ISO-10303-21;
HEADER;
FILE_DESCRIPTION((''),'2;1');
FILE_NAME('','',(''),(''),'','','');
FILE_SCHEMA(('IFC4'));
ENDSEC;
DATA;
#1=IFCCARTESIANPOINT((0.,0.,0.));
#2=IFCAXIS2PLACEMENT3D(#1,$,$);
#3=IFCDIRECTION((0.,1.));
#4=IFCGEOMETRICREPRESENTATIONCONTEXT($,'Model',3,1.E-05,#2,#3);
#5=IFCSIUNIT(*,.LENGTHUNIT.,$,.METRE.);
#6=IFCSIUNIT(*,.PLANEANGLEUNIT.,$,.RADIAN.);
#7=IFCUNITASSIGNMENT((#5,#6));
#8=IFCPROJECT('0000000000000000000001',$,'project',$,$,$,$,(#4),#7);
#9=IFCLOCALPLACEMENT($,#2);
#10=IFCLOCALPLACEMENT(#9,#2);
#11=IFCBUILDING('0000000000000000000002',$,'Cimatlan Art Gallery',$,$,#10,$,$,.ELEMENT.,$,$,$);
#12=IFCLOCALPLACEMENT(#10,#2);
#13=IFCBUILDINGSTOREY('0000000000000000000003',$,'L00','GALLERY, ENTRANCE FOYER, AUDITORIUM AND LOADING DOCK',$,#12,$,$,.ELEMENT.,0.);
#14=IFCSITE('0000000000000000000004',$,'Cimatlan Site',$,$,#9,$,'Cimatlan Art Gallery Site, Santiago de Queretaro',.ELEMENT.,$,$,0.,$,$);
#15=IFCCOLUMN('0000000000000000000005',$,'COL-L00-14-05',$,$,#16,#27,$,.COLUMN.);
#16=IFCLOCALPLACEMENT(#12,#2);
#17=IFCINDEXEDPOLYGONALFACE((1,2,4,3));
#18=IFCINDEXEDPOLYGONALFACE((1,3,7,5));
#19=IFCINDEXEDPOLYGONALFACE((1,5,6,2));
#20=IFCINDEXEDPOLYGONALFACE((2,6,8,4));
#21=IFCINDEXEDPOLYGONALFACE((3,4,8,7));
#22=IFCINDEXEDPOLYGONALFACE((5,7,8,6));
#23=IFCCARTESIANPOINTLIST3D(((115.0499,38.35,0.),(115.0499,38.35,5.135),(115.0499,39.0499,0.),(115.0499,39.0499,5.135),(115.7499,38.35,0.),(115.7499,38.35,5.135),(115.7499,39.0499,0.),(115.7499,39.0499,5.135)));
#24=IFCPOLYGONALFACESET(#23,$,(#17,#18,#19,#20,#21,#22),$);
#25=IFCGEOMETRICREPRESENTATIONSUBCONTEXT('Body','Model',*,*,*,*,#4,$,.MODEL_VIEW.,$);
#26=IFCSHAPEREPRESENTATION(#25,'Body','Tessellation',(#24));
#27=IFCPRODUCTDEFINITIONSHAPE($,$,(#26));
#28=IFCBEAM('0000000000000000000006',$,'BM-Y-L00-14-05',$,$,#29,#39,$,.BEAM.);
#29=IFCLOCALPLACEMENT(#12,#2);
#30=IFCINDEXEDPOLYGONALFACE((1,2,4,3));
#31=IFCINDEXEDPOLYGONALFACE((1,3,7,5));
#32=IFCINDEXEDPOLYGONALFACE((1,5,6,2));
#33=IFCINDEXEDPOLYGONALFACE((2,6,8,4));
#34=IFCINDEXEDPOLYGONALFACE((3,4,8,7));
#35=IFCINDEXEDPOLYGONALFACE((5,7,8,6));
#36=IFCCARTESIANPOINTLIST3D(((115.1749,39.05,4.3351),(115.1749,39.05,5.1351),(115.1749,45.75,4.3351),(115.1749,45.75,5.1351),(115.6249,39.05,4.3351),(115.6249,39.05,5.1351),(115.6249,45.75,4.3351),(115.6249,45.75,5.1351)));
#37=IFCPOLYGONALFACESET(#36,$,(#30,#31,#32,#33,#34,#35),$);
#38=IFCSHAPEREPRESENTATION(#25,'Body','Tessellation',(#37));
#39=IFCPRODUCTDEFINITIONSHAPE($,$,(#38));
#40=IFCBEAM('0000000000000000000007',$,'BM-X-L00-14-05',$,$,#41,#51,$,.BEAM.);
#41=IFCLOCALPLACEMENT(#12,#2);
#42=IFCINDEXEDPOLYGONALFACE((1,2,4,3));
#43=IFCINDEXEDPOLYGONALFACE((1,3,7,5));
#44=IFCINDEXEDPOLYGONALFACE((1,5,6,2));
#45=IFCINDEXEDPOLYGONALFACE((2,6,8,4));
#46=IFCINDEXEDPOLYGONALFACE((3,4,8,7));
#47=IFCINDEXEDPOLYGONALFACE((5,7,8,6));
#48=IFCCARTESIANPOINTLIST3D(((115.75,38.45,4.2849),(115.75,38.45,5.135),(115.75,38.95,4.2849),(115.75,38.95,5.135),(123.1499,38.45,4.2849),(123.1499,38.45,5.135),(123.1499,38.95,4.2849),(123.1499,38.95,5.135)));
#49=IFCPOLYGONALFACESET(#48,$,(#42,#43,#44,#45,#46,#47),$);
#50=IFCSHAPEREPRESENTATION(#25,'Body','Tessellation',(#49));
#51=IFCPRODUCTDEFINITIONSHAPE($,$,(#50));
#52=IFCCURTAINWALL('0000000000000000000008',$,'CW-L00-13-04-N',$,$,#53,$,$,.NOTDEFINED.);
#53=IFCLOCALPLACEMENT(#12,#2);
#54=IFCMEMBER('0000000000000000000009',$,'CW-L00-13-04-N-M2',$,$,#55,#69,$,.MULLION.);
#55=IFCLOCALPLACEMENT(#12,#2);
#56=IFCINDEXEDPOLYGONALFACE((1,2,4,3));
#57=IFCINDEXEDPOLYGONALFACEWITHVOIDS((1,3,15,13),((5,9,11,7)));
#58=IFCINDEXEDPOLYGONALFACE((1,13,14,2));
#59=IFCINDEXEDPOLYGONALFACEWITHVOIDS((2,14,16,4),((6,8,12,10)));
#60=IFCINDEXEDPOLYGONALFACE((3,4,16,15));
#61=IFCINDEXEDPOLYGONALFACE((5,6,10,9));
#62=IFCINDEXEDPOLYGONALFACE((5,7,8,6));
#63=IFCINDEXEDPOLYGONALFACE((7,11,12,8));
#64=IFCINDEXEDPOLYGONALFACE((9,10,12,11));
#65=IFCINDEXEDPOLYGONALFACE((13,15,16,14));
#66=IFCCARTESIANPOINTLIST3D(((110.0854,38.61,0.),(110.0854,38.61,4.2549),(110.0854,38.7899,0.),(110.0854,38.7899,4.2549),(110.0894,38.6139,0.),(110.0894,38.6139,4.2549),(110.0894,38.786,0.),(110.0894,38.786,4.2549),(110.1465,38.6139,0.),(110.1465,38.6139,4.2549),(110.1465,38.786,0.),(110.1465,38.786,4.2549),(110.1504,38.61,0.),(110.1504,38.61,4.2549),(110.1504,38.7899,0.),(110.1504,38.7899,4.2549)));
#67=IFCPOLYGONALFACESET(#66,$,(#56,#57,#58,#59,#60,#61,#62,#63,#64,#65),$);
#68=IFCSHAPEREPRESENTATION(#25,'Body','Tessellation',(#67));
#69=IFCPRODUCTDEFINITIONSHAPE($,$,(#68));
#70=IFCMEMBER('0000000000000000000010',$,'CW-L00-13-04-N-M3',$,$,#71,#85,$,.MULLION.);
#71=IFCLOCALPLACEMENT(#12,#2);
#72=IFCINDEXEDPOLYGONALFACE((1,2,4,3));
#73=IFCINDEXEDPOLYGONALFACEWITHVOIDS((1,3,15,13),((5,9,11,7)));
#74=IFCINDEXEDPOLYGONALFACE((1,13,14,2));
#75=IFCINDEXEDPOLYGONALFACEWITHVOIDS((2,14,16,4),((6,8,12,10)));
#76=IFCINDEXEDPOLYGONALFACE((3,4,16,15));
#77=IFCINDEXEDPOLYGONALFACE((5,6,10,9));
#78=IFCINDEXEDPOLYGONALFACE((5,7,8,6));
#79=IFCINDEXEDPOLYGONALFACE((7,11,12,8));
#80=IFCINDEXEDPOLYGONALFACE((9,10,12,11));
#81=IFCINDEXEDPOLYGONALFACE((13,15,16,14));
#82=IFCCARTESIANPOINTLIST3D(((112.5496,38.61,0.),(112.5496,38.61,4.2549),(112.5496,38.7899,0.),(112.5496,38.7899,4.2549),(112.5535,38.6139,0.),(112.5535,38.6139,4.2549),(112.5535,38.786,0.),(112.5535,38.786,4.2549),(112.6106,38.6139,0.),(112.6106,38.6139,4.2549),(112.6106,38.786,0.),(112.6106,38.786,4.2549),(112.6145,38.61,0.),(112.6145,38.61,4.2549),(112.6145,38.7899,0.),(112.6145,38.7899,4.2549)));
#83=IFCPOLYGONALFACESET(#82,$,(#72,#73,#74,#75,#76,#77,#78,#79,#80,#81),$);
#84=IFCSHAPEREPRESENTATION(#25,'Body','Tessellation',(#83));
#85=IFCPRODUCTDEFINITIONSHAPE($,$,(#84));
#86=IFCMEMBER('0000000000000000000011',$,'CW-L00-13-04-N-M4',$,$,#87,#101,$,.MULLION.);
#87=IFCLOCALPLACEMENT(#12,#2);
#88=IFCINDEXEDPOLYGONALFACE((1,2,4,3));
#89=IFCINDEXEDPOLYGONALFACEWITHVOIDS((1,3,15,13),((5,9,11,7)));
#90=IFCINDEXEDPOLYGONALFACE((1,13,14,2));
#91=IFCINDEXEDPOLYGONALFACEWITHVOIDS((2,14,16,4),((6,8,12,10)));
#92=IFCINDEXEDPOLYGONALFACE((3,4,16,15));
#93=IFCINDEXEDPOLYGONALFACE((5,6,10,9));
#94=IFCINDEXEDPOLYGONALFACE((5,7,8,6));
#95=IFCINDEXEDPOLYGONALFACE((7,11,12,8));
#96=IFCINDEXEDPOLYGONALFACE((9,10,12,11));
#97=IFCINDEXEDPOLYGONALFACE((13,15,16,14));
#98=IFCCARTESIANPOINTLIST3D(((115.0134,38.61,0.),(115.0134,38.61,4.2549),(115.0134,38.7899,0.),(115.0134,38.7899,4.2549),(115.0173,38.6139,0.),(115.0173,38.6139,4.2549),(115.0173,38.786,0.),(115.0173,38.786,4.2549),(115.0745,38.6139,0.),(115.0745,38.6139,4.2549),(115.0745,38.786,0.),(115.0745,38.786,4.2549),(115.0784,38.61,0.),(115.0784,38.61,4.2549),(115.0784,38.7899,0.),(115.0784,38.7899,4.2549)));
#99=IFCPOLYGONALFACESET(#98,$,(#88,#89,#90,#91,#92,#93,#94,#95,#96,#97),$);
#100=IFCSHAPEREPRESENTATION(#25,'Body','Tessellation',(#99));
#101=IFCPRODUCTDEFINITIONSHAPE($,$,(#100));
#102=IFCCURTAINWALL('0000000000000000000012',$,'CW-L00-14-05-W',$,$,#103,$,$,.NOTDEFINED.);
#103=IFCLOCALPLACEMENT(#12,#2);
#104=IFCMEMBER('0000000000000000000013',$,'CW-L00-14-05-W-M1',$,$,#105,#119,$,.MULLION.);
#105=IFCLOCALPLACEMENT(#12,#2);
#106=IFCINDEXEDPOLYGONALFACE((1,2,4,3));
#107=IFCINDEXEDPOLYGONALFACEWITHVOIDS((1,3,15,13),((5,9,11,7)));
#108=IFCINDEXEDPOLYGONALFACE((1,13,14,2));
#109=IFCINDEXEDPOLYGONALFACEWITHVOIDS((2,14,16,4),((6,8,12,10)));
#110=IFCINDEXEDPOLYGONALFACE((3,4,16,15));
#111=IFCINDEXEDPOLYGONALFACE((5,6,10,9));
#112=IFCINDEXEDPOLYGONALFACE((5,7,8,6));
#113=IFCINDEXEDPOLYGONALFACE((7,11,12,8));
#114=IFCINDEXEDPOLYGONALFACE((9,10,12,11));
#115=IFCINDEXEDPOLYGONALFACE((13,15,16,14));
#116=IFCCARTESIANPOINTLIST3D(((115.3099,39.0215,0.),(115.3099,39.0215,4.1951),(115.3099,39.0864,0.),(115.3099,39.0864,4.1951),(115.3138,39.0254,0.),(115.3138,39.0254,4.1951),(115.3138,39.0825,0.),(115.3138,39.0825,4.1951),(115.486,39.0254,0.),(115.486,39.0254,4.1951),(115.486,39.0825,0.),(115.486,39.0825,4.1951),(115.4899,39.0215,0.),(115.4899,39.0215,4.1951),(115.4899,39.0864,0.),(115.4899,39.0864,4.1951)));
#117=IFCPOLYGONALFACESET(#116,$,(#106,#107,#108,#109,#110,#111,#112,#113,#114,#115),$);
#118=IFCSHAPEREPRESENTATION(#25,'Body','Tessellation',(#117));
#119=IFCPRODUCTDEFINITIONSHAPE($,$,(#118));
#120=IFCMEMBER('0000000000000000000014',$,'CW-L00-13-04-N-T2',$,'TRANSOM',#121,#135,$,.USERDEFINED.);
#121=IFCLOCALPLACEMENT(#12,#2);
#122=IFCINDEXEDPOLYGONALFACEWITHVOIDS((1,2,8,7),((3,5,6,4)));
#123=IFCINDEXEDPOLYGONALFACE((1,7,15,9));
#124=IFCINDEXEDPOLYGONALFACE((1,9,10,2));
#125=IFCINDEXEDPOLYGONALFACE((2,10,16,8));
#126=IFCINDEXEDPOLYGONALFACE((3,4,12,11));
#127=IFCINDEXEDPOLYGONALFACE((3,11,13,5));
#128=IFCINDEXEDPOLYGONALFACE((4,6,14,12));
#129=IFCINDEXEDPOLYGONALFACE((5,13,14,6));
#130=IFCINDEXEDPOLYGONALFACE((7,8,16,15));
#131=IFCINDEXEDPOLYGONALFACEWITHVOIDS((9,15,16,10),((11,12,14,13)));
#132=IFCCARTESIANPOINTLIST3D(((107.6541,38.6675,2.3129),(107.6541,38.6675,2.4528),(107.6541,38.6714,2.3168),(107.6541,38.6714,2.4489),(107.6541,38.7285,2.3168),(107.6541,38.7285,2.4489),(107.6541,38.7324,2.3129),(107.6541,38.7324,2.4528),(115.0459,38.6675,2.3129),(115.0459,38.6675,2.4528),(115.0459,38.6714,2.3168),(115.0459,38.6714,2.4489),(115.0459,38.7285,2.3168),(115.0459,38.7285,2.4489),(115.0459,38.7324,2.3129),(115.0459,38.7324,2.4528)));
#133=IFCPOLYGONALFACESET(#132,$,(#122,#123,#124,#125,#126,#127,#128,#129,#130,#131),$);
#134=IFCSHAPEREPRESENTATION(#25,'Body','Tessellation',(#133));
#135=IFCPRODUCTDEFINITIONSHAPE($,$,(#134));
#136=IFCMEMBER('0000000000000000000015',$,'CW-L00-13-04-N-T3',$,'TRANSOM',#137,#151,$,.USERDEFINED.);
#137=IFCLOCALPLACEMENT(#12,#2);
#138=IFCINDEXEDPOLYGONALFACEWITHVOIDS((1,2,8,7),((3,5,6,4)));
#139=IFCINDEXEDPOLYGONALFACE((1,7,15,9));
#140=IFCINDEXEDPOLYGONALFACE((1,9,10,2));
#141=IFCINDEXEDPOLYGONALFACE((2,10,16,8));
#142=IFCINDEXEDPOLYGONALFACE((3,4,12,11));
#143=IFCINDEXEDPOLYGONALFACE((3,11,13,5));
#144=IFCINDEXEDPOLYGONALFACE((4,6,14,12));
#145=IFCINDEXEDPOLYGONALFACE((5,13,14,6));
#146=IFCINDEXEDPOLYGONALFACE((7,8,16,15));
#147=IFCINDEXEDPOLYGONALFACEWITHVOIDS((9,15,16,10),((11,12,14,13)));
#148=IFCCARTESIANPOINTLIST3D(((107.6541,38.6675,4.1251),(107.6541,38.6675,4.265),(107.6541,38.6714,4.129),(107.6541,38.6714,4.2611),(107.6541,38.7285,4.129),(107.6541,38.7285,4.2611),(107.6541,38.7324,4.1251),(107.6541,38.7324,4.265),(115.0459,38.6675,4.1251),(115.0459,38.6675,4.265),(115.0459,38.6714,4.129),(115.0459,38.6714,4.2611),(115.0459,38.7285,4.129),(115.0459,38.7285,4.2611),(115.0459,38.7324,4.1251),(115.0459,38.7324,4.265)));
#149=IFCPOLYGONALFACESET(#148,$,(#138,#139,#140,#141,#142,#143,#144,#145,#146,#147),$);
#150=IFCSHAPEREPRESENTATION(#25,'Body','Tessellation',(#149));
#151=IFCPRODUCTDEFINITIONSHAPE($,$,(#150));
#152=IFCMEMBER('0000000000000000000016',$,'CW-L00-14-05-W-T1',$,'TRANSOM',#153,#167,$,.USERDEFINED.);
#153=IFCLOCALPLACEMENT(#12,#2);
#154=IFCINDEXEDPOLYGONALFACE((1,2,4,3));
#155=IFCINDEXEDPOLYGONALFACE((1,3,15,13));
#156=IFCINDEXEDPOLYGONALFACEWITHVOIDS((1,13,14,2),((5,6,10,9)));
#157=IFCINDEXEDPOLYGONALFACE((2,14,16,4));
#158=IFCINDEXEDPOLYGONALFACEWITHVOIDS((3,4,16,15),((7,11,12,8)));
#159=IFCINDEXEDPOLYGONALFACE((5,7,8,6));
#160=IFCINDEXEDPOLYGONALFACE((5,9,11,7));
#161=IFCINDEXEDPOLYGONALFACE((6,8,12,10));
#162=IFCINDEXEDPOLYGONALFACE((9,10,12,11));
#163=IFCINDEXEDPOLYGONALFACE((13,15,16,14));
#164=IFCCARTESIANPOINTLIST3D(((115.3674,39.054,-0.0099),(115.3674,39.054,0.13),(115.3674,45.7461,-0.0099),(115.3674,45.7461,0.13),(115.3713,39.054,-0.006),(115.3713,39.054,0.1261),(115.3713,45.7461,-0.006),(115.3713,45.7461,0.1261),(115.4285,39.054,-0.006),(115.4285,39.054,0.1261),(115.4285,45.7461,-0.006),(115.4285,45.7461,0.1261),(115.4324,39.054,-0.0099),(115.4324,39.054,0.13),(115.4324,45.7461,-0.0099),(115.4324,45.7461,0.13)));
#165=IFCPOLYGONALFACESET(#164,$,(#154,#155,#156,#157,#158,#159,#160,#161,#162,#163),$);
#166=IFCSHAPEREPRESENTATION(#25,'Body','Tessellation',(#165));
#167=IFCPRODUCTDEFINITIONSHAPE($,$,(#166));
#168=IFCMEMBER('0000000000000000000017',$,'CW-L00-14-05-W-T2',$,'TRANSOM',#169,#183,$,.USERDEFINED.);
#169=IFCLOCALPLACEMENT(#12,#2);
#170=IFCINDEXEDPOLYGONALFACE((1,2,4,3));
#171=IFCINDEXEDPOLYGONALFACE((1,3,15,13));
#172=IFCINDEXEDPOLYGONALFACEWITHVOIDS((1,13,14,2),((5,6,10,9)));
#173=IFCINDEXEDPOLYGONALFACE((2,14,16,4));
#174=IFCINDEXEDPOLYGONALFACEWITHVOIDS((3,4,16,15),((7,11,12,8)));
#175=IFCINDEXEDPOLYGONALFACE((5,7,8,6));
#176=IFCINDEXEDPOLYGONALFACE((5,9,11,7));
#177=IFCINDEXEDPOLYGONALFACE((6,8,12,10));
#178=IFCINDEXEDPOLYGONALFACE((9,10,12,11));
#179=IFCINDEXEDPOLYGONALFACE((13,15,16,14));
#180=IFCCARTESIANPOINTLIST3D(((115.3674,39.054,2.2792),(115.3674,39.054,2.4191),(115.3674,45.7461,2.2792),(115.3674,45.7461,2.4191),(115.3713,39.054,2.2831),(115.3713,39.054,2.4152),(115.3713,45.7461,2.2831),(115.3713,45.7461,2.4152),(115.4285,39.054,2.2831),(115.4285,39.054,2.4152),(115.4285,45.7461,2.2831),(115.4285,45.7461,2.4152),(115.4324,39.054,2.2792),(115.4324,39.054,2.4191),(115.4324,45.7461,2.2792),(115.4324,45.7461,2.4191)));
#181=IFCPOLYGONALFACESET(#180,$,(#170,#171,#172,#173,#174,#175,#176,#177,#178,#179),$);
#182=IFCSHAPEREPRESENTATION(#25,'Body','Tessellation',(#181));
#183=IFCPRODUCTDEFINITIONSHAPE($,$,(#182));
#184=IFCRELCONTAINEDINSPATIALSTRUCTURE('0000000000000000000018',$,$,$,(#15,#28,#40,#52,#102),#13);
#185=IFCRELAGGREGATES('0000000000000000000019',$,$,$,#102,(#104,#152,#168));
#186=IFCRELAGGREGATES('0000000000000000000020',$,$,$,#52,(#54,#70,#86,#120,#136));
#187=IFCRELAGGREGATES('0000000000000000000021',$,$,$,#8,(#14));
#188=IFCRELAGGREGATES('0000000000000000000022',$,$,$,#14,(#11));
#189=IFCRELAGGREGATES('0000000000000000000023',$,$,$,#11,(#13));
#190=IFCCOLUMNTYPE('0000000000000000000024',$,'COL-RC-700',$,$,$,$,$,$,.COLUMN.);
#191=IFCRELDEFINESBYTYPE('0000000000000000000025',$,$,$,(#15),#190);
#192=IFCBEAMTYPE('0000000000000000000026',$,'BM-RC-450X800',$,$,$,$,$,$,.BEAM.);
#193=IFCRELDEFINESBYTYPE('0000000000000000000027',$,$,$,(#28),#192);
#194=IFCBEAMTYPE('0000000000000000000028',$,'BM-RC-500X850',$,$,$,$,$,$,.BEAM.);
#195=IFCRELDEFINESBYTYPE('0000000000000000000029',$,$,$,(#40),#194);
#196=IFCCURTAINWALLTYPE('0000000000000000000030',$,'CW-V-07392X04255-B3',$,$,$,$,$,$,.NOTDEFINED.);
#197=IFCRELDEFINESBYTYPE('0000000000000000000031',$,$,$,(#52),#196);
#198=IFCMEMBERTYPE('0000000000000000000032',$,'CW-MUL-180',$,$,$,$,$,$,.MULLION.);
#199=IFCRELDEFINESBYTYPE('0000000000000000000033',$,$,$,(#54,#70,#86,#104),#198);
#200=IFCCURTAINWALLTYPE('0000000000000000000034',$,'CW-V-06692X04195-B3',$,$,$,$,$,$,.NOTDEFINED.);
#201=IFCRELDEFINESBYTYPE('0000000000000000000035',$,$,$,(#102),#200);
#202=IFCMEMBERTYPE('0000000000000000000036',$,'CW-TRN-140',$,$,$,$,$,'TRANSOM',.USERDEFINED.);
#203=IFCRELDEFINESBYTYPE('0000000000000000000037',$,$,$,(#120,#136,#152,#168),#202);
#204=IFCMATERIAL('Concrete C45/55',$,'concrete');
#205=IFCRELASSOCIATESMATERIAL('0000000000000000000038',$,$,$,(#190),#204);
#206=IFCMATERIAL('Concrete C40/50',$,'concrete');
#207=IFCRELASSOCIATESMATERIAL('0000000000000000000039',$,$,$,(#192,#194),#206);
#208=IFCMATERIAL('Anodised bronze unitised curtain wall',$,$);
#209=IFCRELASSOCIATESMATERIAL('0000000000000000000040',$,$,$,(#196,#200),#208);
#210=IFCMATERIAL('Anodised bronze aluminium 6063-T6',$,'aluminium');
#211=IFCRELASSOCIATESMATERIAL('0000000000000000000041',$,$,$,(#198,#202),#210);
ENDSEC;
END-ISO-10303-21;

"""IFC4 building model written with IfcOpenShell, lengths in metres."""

from ifc_helpers import new_model, si_unit, direction, frame, origin, origin_2d, place, context, subcontext, project, spatial, rectangle, hollow_rectangle, extrude, material, material_profile, profile_set, type_object, element, aggregate, save


model = new_model("IFC4")

# Units and contexts
model_context = context("Model", 3, precision=1e-05, world=origin(), true_north=direction((0.0, 1.0)))
body_context = subcontext(model_context, "Body", "Model", "MODEL_VIEW")
ifc_project = project(units=[si_unit("LENGTHUNIT", "METRE"), si_unit("PLANEANGLEUNIT", "RADIAN")], contexts=[model_context])

# Site, building, storey
site_placement = place(None, origin())
site = spatial("IfcSite", under=ifc_project, at=site_placement, Name="Cimatlan Site", LongName="Cimatlan Art Gallery Site, Santiago de Queretaro", CompositionType="ELEMENT", RefElevation=0.0)
building_placement = place(site_placement, origin())
building = spatial("IfcBuilding", under=site, at=building_placement, Name="Cimatlan Art Gallery", CompositionType="ELEMENT")
storey_placement = place(building_placement, origin())
storey = spatial("IfcBuildingStorey", under=building, at=storey_placement, Name="L00", Description="GALLERY, ENTRANCE FOYER, AUDITORIUM AND LOADING DOCK", CompositionType="ELEMENT", Elevation=0.0)

# Column
ifc_material_1 = material(Name="Concrete C45/55", Category="concrete")
ifc_material_profile_1 = material_profile(ifc_material_1, rectangle(XDim=0.7, YDim=0.7, at=origin_2d()), Name="RC700X700")
ifc_profile_set_1 = profile_set([ifc_material_profile_1], Name="Concrete C45/55")
column_type = type_object("IfcColumnType", Name="COL-RC-700", PredefinedType="COLUMN", material=ifc_profile_set_1)
column_placement = place(storey_placement, frame((115.3999, 38.7, 0.0), z_axis=(0.0, 0.0, 1.0), x_axis=(1.0, 0.0, 0.0)))
element("IfcColumn", 1, at=column_placement, inside=storey, type_object=column_type, Name="COL-L00-14-05", PredefinedType="COLUMN", context=body_context, shape_type="SweptSolid", body=[
    extrude(rectangle(XDim=0.7, YDim=0.7, at=origin_2d()), origin(), (0.0, 0.0, 1.0), 5.135),
])

# Beams
ifc_material_2 = material(Name="Concrete C40/50", Category="concrete")
ifc_material_profile_2 = material_profile(ifc_material_2, rectangle(XDim=0.45, YDim=0.8, at=origin_2d()), Name="RC450X800")
ifc_profile_set_2 = profile_set([ifc_material_profile_2], Name="Concrete C40/50")
beam_type_1 = type_object("IfcBeamType", Name="BM-RC-450X800", PredefinedType="BEAM", material=ifc_profile_set_2)
beam_1_placement = place(storey_placement, frame((115.3999, 39.05, 4.7351), z_axis=(0.0, 1.0, 0.0), x_axis=(-1.0, 0.0, 0.0)))
element("IfcBeam", 2, at=beam_1_placement, inside=storey, type_object=beam_type_1, Name="BM-Y-L00-14-05", PredefinedType="BEAM", context=body_context, shape_type="SweptSolid", body=[
    extrude(rectangle(XDim=0.45, YDim=0.8, at=origin_2d()), origin(), (0.0, 0.0, 1.0), 6.7),
])
ifc_material_profile_3 = material_profile(ifc_material_2, rectangle(XDim=0.5, YDim=0.8501, at=origin_2d()), Name="RC500X850")
ifc_profile_set_3 = profile_set([ifc_material_profile_3], Name="Concrete C40/50")
beam_type_2 = type_object("IfcBeamType", Name="BM-RC-500X850", PredefinedType="BEAM", material=ifc_profile_set_3)
beam_2_placement = place(storey_placement, frame((115.75, 38.7, 4.71), z_axis=(1.0, 0.0, 0.0), x_axis=(0.0, 1.0, 0.0)))
element("IfcBeam", 3, at=beam_2_placement, inside=storey, type_object=beam_type_2, Name="BM-X-L00-14-05", PredefinedType="BEAM", context=body_context, shape_type="SweptSolid", body=[
    extrude(rectangle(XDim=0.5, YDim=0.8501, at=origin_2d()), origin(), (0.0, 0.0, 1.0), 7.3999),
])

# Curtain wall, members
ifc_material_3 = material(Name="Anodised bronze unitised curtain wall")
curtain_wall_type_1 = type_object("IfcCurtainWallType", Name="CW-V-07392X04255-B3", PredefinedType="NOTDEFINED", material=ifc_material_3)
curtain_wall_1_placement = place(storey_placement, origin())
curtain_wall_1 = element("IfcCurtainWall", 4, at=curtain_wall_1_placement, inside=storey, type_object=curtain_wall_type_1, Name="CW-L00-13-04-N", PredefinedType="NOTDEFINED")
ifc_material_4 = material(Name="Anodised bronze aluminium 6063-T6", Category="aluminium")
ifc_material_profile_4 = material_profile(ifc_material_4, hollow_rectangle(XDim=0.0649, YDim=0.1799, WallThickness=0.0039, at=origin_2d()), Name="ALU65X180X4")
ifc_profile_set_4 = profile_set([ifc_material_profile_4], Name="Anodised bronze aluminium 6063-T6")
member_type_1 = type_object("IfcMemberType", Name="CW-MUL-180", PredefinedType="MULLION", material=ifc_profile_set_4)
member_1_placement = place(storey_placement, frame((110.1179, 38.7, 0.0), z_axis=(0.0, 0.0, 1.0), x_axis=(1.0, 0.0, 0.0)))
member_1 = element("IfcMember", 5, at=member_1_placement, type_object=member_type_1, Name="CW-L00-13-04-N-M2", PredefinedType="MULLION", context=body_context, shape_type="SweptSolid", body=[
    extrude(hollow_rectangle(XDim=0.0649, YDim=0.1799, WallThickness=0.0039, at=origin_2d()), origin(), (0.0, 0.0, 1.0), 4.2549),
])
member_2_placement = place(storey_placement, frame((112.582, 38.7, 0.0), z_axis=(0.0, 0.0, 1.0), x_axis=(1.0, 0.0, 0.0)))
member_2 = element("IfcMember", 6, at=member_2_placement, type_object=member_type_1, Name="CW-L00-13-04-N-M3", PredefinedType="MULLION", context=body_context, shape_type="SweptSolid", body=[
    extrude(hollow_rectangle(XDim=0.0649, YDim=0.1799, WallThickness=0.0039, at=origin_2d()), origin(), (0.0, 0.0, 1.0), 4.2549),
])
member_3_placement = place(storey_placement, frame((115.0459, 38.7, 0.0), z_axis=(0.0, 0.0, 1.0), x_axis=(1.0, 0.0, 0.0)))
member_3 = element("IfcMember", 7, at=member_3_placement, type_object=member_type_1, Name="CW-L00-13-04-N-M4", PredefinedType="MULLION", context=body_context, shape_type="SweptSolid", body=[
    extrude(hollow_rectangle(XDim=0.0649, YDim=0.1799, WallThickness=0.0039, at=origin_2d()), origin(), (0.0, 0.0, 1.0), 4.2549),
])

# Curtain wall, member
curtain_wall_type_2 = type_object("IfcCurtainWallType", Name="CW-V-06692X04195-B3", PredefinedType="NOTDEFINED", material=ifc_material_3)
curtain_wall_2_placement = place(storey_placement, origin())
curtain_wall_2 = element("IfcCurtainWall", 8, at=curtain_wall_2_placement, inside=storey, type_object=curtain_wall_type_2, Name="CW-L00-14-05-W", PredefinedType="NOTDEFINED")
member_4_placement = place(storey_placement, frame((115.3999, 39.054, 0.0), z_axis=(0.0, 0.0, 1.0), x_axis=(0.0, 1.0, 0.0)))
member_4 = element("IfcMember", 9, at=member_4_placement, type_object=member_type_1, Name="CW-L00-14-05-W-M1", PredefinedType="MULLION", context=body_context, shape_type="SweptSolid", body=[
    extrude(hollow_rectangle(XDim=0.0649, YDim=0.1799, WallThickness=0.0039, at=origin_2d()), origin(), (0.0, 0.0, 1.0), 4.1951),
])

# Members
ifc_material_profile_5 = material_profile(ifc_material_4, hollow_rectangle(XDim=0.0649, YDim=0.1399, WallThickness=0.0039, at=origin_2d()), Name="ALU65X140X4")
ifc_profile_set_5 = profile_set([ifc_material_profile_5], Name="Anodised bronze aluminium 6063-T6")
member_type_2 = type_object("IfcMemberType", Name="CW-TRN-140", ElementType="TRANSOM", PredefinedType="USERDEFINED", material=ifc_profile_set_5)
member_5_placement = place(storey_placement, frame((107.6541, 38.7, 2.3828), z_axis=(1.0, 0.0, 0.0), x_axis=(0.0, 1.0, 0.0)))
member_5 = element("IfcMember", 10, at=member_5_placement, type_object=member_type_2, Name="CW-L00-13-04-N-T2", ObjectType="TRANSOM", PredefinedType="USERDEFINED", context=body_context, shape_type="SweptSolid", body=[
    extrude(hollow_rectangle(XDim=0.0649, YDim=0.1399, WallThickness=0.0039, at=origin_2d()), origin(), (0.0, 0.0, 1.0), 7.3918),
])
member_6_placement = place(storey_placement, frame((107.6541, 38.7, 4.1951), z_axis=(1.0, 0.0, 0.0), x_axis=(0.0, 1.0, 0.0)))
member_6 = element("IfcMember", 11, at=member_6_placement, type_object=member_type_2, Name="CW-L00-13-04-N-T3", ObjectType="TRANSOM", PredefinedType="USERDEFINED", context=body_context, shape_type="SweptSolid", body=[
    extrude(hollow_rectangle(XDim=0.0649, YDim=0.1399, WallThickness=0.0039, at=origin_2d()), origin(), (0.0, 0.0, 1.0), 7.3918),
])
member_7_placement = place(storey_placement, frame((115.3999, 39.054, 0.0601), z_axis=(0.0, 1.0, 0.0), x_axis=(-1.0, 0.0, 0.0)))
member_7 = element("IfcMember", 12, at=member_7_placement, type_object=member_type_2, Name="CW-L00-14-05-W-T1", ObjectType="TRANSOM", PredefinedType="USERDEFINED", context=body_context, shape_type="SweptSolid", body=[
    extrude(hollow_rectangle(XDim=0.0649, YDim=0.1399, WallThickness=0.0039, at=origin_2d()), origin(), (0.0, 0.0, 1.0), 6.6921),
])
member_8_placement = place(storey_placement, frame((115.3999, 39.054, 2.3491), z_axis=(0.0, 1.0, 0.0), x_axis=(-1.0, 0.0, 0.0)))
member_8 = element("IfcMember", 13, at=member_8_placement, type_object=member_type_2, Name="CW-L00-14-05-W-T2", ObjectType="TRANSOM", PredefinedType="USERDEFINED", context=body_context, shape_type="SweptSolid", body=[
    extrude(hollow_rectangle(XDim=0.0649, YDim=0.1399, WallThickness=0.0039, at=origin_2d()), origin(), (0.0, 0.0, 1.0), 6.6921),
])

aggregate(curtain_wall_2, [member_4, member_7, member_8])
aggregate(curtain_wall_1, [member_1, member_2, member_3, member_5, member_6])

save(model, "model.ifc")
